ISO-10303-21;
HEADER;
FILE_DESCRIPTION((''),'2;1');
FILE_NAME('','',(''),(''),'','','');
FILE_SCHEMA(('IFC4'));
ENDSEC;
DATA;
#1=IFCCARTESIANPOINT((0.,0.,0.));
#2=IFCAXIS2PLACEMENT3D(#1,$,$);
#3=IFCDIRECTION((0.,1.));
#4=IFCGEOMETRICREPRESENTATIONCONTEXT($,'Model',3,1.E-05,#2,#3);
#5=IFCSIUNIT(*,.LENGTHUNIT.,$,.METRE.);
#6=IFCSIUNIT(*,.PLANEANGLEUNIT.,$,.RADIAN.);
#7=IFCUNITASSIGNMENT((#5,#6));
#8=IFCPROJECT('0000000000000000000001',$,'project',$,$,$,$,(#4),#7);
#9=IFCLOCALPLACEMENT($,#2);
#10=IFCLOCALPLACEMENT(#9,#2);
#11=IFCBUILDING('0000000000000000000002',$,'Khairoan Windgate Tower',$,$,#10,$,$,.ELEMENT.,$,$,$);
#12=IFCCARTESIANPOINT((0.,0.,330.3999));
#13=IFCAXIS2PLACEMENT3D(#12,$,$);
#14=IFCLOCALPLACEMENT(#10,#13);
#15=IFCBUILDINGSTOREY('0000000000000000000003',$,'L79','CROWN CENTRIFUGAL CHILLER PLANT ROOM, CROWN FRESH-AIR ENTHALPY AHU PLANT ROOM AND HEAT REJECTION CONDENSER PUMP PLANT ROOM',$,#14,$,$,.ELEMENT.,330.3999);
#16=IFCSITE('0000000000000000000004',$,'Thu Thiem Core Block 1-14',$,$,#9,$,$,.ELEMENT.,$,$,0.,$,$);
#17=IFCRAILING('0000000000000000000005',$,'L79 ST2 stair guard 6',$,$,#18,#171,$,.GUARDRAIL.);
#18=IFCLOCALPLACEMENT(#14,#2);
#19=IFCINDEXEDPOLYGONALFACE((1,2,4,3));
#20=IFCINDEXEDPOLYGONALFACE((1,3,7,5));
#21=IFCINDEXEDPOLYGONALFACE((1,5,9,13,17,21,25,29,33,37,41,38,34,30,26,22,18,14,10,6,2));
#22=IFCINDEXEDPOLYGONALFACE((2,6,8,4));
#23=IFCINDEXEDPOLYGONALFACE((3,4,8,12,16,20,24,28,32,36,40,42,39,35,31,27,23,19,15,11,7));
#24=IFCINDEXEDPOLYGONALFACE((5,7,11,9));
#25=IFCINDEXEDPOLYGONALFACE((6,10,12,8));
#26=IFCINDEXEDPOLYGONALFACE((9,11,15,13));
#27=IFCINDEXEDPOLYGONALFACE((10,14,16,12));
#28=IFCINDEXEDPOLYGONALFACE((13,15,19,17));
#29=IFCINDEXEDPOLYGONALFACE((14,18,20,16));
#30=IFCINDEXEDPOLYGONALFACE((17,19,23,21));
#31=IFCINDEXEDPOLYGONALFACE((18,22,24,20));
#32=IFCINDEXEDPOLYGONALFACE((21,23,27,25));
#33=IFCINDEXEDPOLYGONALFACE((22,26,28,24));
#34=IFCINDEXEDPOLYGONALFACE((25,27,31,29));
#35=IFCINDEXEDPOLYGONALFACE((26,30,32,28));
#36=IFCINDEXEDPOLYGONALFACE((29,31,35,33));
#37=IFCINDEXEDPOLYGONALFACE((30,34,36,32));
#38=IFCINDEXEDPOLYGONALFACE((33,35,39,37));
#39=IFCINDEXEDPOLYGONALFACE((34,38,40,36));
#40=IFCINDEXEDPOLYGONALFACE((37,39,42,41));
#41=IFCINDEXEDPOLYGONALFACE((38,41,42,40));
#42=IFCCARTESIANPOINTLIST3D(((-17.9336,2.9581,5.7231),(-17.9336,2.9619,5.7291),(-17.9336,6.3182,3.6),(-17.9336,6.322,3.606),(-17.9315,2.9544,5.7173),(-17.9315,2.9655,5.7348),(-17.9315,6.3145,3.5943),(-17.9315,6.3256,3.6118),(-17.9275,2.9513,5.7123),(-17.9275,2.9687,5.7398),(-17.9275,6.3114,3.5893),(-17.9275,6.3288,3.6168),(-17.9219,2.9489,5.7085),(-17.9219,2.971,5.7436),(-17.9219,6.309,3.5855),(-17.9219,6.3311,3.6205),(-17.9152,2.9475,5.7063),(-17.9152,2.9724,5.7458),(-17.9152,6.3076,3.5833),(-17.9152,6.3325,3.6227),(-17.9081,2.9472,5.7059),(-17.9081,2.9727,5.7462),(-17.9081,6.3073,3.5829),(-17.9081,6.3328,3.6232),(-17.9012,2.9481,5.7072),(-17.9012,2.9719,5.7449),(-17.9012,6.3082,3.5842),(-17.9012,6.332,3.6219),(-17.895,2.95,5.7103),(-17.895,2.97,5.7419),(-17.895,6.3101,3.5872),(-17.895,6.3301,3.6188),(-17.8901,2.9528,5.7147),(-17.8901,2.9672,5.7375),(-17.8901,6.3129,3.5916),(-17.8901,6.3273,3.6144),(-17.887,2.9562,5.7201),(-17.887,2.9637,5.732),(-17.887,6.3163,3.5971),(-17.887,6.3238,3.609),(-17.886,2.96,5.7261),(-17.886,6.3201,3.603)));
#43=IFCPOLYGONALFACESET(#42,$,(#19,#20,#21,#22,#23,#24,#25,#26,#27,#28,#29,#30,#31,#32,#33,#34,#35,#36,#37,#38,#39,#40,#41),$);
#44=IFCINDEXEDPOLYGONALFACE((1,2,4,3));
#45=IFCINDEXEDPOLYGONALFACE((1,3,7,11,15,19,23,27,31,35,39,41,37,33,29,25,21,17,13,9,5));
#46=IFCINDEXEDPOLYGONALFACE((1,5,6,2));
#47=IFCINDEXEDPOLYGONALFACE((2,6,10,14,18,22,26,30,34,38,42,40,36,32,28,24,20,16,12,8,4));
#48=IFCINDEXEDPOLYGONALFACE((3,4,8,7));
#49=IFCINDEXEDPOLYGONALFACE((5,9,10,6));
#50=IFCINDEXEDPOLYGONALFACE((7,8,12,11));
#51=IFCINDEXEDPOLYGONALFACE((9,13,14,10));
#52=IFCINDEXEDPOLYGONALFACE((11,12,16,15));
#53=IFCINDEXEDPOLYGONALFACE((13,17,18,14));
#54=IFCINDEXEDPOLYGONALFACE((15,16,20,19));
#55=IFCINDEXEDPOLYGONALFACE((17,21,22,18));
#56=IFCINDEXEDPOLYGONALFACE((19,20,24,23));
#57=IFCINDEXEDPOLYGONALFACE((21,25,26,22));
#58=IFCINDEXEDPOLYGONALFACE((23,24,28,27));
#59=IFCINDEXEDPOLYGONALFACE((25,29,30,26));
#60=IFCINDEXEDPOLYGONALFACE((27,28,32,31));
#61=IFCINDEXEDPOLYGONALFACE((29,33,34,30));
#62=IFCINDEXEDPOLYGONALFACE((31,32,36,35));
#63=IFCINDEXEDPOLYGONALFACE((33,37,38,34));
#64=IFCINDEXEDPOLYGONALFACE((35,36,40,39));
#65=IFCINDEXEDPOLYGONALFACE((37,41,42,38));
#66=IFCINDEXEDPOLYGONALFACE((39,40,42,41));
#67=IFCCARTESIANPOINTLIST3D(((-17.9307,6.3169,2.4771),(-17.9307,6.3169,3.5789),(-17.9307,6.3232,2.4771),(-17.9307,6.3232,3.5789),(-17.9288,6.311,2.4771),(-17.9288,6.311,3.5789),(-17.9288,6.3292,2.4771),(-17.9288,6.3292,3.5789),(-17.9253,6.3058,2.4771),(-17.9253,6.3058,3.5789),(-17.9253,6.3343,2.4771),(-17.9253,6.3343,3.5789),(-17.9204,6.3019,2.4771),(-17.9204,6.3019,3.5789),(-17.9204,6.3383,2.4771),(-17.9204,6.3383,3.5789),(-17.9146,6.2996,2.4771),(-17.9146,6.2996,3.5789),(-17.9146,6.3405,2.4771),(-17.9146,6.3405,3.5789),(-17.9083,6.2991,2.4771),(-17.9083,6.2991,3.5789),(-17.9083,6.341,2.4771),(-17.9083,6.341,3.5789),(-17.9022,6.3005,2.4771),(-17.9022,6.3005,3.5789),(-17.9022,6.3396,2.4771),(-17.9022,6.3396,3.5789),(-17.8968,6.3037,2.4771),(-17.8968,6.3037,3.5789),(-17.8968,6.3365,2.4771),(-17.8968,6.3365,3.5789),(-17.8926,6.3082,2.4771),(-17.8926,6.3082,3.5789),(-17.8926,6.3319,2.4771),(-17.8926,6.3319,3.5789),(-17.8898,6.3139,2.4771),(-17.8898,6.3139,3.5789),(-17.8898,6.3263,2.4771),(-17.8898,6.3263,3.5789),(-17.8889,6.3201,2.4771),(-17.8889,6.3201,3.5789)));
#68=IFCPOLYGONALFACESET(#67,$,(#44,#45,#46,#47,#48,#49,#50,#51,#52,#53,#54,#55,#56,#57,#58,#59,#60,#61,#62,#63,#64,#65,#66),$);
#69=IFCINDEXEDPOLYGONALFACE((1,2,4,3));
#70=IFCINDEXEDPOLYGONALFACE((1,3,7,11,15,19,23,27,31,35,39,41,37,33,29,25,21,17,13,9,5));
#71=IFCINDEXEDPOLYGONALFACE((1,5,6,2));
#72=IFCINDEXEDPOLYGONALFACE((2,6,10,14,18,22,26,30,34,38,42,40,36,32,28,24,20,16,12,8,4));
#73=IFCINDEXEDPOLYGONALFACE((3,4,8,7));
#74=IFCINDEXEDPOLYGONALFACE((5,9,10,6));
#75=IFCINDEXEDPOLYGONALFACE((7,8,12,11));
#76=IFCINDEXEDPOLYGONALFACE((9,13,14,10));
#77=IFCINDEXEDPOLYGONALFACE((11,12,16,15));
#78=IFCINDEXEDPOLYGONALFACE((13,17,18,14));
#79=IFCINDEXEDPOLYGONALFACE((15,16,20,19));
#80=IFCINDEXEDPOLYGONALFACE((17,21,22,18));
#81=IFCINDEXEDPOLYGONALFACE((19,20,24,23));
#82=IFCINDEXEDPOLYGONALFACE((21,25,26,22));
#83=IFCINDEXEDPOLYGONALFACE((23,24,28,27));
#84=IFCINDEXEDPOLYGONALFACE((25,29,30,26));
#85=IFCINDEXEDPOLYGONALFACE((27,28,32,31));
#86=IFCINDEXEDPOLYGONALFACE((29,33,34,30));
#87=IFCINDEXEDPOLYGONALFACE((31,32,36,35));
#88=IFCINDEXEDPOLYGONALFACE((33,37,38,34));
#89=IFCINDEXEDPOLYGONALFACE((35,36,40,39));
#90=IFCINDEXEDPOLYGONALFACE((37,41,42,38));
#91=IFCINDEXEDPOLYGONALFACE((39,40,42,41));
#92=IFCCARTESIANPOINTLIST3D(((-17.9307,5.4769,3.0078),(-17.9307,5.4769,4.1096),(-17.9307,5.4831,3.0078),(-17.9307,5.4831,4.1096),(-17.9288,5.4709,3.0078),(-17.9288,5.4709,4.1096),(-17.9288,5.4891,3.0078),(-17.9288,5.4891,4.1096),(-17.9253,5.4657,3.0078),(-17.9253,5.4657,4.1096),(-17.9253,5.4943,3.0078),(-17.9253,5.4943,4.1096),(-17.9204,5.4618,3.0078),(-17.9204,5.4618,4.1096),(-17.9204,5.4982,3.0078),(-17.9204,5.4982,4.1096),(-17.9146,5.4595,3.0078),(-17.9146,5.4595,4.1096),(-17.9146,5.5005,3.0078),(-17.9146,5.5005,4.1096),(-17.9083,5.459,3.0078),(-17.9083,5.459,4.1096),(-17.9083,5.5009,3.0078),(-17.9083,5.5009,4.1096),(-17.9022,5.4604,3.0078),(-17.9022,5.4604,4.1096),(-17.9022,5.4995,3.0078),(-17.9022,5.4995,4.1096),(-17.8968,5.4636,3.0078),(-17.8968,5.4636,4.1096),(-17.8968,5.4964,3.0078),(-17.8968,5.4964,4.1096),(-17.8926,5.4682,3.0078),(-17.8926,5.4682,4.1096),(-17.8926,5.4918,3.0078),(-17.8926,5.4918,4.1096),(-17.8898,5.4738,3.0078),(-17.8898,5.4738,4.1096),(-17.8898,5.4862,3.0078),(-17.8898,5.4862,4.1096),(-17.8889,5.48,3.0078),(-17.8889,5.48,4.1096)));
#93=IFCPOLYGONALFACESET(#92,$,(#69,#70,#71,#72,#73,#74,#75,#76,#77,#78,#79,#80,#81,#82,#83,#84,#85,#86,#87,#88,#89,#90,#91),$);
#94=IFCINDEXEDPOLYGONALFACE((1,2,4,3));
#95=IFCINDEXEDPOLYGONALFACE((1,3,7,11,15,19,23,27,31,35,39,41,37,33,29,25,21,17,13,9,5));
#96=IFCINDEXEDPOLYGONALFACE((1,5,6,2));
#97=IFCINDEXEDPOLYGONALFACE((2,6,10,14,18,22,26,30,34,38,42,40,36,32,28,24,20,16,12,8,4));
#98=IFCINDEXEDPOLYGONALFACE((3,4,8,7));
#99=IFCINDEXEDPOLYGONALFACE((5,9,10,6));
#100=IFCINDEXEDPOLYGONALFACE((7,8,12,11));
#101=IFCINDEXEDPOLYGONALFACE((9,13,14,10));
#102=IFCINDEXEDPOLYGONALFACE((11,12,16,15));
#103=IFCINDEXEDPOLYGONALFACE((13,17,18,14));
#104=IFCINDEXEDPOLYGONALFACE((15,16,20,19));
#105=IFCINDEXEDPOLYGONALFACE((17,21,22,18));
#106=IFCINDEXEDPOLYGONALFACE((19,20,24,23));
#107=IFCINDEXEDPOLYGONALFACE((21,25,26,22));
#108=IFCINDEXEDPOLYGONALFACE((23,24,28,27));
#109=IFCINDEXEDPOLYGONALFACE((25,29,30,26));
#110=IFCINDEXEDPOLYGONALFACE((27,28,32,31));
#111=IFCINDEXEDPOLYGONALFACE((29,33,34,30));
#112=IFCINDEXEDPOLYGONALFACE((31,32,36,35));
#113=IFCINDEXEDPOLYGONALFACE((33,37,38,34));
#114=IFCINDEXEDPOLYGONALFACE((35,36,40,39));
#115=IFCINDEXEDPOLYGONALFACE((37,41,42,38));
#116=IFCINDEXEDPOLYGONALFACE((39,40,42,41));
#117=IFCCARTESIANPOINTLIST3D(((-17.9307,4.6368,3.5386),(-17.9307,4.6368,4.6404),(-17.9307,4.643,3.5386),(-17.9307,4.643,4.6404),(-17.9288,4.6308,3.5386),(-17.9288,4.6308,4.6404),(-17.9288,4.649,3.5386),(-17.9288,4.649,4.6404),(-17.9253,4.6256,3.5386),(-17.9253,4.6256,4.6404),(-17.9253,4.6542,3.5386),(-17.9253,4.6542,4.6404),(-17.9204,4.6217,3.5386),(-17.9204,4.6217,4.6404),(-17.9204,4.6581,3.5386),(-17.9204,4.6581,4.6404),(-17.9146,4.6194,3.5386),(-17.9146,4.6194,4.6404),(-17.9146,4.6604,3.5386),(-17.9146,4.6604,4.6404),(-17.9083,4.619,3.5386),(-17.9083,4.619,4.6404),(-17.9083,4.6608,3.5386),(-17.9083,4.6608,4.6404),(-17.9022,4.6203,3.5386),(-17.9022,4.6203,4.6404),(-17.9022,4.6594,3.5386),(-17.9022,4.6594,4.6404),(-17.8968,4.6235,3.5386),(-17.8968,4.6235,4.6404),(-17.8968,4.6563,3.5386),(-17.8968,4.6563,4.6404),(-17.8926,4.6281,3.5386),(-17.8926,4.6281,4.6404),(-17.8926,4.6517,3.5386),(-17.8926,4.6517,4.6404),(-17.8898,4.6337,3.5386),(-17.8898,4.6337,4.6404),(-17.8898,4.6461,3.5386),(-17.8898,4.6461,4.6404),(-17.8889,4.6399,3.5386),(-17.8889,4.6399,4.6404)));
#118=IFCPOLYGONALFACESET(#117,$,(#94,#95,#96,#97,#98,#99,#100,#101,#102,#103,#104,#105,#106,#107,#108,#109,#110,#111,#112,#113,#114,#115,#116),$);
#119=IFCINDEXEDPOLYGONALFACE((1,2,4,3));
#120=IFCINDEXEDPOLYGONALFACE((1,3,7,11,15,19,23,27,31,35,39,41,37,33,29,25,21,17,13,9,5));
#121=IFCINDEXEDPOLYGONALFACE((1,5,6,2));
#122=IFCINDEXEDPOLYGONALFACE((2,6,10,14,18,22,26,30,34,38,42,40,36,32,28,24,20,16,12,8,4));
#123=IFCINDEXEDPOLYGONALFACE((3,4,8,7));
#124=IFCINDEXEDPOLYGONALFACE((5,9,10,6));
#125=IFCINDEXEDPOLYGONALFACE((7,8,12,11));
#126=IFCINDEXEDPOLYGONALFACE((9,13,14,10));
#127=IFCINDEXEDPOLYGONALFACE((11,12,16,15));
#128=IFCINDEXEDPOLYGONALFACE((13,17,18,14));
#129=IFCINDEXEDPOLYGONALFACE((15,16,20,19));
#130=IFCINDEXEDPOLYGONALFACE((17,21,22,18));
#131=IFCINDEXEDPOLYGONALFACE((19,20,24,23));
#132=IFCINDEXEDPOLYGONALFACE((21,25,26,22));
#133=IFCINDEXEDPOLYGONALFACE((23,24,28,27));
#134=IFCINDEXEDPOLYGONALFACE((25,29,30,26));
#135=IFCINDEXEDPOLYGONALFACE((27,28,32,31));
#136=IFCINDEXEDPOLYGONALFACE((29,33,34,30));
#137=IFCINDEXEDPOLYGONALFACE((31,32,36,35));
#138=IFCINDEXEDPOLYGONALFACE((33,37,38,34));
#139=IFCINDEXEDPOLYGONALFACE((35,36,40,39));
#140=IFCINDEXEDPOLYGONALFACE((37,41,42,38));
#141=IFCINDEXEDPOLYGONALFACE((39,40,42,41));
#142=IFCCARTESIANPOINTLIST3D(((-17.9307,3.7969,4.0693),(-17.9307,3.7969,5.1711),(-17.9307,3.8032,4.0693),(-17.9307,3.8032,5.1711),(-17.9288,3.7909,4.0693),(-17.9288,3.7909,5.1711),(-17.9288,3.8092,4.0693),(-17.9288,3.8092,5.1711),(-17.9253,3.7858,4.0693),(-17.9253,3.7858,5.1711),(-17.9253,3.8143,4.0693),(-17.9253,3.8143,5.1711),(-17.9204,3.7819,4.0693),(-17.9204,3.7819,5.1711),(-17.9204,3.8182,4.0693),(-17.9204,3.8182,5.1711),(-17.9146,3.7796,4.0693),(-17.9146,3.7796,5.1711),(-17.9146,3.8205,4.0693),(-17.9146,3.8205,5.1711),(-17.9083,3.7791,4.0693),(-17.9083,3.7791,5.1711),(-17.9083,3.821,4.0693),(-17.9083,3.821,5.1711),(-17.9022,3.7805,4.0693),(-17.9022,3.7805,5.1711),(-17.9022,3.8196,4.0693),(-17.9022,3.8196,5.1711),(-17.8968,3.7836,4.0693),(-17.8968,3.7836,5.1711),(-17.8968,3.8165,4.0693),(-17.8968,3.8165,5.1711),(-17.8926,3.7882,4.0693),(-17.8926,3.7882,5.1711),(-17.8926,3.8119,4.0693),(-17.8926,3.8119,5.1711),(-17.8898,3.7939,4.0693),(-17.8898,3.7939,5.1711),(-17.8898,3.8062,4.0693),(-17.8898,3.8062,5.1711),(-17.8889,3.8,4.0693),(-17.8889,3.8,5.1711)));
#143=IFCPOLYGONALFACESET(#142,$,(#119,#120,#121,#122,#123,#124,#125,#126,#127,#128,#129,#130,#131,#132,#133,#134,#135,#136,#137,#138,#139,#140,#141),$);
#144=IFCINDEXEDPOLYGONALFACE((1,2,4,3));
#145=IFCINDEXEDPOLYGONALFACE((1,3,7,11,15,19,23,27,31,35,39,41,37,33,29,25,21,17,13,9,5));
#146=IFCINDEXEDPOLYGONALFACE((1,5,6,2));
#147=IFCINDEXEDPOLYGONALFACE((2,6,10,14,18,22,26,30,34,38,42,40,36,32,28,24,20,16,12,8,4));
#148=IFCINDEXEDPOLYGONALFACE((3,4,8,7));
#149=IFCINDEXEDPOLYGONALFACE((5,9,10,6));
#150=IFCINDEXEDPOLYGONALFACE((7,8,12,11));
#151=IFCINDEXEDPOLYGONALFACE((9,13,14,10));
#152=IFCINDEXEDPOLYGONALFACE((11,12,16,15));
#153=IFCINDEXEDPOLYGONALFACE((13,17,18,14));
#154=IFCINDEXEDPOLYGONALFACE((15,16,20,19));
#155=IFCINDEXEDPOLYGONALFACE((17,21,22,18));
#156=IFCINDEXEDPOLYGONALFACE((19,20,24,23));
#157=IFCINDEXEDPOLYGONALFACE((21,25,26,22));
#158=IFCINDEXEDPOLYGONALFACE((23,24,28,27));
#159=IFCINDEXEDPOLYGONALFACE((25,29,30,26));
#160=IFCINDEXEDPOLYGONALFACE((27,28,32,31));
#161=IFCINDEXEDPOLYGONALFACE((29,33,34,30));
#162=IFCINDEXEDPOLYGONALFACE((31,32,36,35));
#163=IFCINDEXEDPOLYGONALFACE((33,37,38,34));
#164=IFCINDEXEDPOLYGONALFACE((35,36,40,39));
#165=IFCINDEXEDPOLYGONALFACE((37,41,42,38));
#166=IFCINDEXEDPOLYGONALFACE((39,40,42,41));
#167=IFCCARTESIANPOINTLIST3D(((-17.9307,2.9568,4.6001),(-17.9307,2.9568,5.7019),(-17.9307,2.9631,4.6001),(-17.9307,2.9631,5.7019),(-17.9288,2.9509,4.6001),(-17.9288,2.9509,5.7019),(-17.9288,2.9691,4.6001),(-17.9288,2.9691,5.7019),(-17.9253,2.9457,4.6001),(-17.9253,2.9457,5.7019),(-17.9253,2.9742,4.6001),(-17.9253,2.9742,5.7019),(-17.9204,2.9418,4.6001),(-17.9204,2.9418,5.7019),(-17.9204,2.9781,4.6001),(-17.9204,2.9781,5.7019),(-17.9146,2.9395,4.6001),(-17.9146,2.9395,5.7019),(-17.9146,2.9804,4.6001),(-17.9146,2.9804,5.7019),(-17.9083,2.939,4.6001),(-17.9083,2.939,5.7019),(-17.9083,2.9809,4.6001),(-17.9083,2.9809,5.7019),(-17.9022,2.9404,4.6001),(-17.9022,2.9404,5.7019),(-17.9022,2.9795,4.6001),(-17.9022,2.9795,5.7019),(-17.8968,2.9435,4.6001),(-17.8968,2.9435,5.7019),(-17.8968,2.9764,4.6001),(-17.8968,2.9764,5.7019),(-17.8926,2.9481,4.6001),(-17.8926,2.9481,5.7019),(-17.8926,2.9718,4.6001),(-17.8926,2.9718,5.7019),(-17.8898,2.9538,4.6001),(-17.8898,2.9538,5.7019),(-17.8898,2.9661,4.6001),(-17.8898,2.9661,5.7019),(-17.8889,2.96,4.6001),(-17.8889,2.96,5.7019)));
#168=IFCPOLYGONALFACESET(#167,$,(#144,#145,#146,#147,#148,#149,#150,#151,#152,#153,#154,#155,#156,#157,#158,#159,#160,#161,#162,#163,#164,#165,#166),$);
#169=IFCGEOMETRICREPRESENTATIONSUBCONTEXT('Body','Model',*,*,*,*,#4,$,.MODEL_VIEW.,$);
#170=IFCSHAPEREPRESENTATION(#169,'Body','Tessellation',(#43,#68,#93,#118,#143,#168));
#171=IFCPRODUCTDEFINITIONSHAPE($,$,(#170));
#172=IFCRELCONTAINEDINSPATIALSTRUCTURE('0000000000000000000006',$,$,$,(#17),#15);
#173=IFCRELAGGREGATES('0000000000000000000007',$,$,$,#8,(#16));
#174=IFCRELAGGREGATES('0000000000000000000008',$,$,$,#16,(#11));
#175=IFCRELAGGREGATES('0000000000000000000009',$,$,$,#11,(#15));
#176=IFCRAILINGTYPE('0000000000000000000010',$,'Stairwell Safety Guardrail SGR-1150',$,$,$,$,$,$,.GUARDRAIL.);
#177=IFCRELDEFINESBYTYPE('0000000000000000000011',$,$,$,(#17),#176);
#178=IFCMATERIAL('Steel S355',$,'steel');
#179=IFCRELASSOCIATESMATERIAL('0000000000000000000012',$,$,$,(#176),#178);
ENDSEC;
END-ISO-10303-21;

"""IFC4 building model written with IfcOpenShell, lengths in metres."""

from ifc_helpers import new_model, si_unit, direction, frame, origin, origin_2d, place, context, subcontext, project, spatial, circle, extrude, material, type_object, element, save


model = new_model("IFC4")

# Units and contexts
model_context = context("Model", 3, precision=1e-05, world=origin(), true_north=direction((0.0, 1.0)))
body_context = subcontext(model_context, "Body", "Model", "MODEL_VIEW")
ifc_project = project(units=[si_unit("LENGTHUNIT", "METRE"), si_unit("PLANEANGLEUNIT", "RADIAN")], contexts=[model_context])

# Site, building, storey
site_placement = place(None, origin())
site = spatial("IfcSite", under=ifc_project, at=site_placement, Name="Thu Thiem Core Block 1-14", CompositionType="ELEMENT", RefElevation=0.0)
building_placement = place(site_placement, origin())
building = spatial("IfcBuilding", under=site, at=building_placement, Name="Khairoan Windgate Tower", CompositionType="ELEMENT")
storey_placement = place(building_placement, frame((0.0, 0.0, 330.3999)))
storey = spatial("IfcBuildingStorey", under=building, at=storey_placement, Name="L79", Description="CROWN CENTRIFUGAL CHILLER PLANT ROOM, CROWN FRESH-AIR ENTHALPY AHU PLANT ROOM AND HEAT REJECTION CONDENSER PUMP PLANT ROOM", CompositionType="ELEMENT", Elevation=330.3999)

# Railing
ifc_material_1 = material(Name="Steel S355", Category="steel")
railing_type_1 = type_object("IfcRailingType", Name="Stairwell Safety Guardrail SGR-1150", PredefinedType="GUARDRAIL", material=ifc_material_1)
railing_1_placement = place(storey_placement, frame((-17.9099, 6.3201, 2.4771)))
element("IfcRailing", 1, at=railing_1_placement, inside=storey, type_object=railing_type_1, Name="L79 ST2 stair guard 6", PredefinedType="GUARDRAIL", context=body_context, shape_type="SweptSolid", body=[
    extrude(circle(Radius=0.0239, at=origin_2d()), frame((0.0, 0.0, 1.126), z_axis=(0.0, -0.84539, 0.53415), x_axis=(1.0, 0.0, 0.0)), (0.0, 0.0, 1.0), 3.9746),
    extrude(circle(Radius=0.021, at=origin_2d()), origin(), (0.0, 0.0, 1.0), 1.1018),
    extrude(circle(Radius=0.021, at=origin_2d()), frame((0.0, -0.8401, 0.5308)), (0.0, 0.0, 1.0), 1.1018),
    extrude(circle(Radius=0.021, at=origin_2d()), frame((0.0, -1.6802, 1.0615)), (0.0, 0.0, 1.0), 1.1018),
    extrude(circle(Radius=0.021, at=origin_2d()), frame((0.0, -2.52, 1.5923)), (0.0, 0.0, 1.0), 1.1018),
    extrude(circle(Radius=0.021, at=origin_2d()), frame((0.0, -3.3601, 2.123)), (0.0, 0.0, 1.0), 1.1018),
])

save(model, "model.ifc")
